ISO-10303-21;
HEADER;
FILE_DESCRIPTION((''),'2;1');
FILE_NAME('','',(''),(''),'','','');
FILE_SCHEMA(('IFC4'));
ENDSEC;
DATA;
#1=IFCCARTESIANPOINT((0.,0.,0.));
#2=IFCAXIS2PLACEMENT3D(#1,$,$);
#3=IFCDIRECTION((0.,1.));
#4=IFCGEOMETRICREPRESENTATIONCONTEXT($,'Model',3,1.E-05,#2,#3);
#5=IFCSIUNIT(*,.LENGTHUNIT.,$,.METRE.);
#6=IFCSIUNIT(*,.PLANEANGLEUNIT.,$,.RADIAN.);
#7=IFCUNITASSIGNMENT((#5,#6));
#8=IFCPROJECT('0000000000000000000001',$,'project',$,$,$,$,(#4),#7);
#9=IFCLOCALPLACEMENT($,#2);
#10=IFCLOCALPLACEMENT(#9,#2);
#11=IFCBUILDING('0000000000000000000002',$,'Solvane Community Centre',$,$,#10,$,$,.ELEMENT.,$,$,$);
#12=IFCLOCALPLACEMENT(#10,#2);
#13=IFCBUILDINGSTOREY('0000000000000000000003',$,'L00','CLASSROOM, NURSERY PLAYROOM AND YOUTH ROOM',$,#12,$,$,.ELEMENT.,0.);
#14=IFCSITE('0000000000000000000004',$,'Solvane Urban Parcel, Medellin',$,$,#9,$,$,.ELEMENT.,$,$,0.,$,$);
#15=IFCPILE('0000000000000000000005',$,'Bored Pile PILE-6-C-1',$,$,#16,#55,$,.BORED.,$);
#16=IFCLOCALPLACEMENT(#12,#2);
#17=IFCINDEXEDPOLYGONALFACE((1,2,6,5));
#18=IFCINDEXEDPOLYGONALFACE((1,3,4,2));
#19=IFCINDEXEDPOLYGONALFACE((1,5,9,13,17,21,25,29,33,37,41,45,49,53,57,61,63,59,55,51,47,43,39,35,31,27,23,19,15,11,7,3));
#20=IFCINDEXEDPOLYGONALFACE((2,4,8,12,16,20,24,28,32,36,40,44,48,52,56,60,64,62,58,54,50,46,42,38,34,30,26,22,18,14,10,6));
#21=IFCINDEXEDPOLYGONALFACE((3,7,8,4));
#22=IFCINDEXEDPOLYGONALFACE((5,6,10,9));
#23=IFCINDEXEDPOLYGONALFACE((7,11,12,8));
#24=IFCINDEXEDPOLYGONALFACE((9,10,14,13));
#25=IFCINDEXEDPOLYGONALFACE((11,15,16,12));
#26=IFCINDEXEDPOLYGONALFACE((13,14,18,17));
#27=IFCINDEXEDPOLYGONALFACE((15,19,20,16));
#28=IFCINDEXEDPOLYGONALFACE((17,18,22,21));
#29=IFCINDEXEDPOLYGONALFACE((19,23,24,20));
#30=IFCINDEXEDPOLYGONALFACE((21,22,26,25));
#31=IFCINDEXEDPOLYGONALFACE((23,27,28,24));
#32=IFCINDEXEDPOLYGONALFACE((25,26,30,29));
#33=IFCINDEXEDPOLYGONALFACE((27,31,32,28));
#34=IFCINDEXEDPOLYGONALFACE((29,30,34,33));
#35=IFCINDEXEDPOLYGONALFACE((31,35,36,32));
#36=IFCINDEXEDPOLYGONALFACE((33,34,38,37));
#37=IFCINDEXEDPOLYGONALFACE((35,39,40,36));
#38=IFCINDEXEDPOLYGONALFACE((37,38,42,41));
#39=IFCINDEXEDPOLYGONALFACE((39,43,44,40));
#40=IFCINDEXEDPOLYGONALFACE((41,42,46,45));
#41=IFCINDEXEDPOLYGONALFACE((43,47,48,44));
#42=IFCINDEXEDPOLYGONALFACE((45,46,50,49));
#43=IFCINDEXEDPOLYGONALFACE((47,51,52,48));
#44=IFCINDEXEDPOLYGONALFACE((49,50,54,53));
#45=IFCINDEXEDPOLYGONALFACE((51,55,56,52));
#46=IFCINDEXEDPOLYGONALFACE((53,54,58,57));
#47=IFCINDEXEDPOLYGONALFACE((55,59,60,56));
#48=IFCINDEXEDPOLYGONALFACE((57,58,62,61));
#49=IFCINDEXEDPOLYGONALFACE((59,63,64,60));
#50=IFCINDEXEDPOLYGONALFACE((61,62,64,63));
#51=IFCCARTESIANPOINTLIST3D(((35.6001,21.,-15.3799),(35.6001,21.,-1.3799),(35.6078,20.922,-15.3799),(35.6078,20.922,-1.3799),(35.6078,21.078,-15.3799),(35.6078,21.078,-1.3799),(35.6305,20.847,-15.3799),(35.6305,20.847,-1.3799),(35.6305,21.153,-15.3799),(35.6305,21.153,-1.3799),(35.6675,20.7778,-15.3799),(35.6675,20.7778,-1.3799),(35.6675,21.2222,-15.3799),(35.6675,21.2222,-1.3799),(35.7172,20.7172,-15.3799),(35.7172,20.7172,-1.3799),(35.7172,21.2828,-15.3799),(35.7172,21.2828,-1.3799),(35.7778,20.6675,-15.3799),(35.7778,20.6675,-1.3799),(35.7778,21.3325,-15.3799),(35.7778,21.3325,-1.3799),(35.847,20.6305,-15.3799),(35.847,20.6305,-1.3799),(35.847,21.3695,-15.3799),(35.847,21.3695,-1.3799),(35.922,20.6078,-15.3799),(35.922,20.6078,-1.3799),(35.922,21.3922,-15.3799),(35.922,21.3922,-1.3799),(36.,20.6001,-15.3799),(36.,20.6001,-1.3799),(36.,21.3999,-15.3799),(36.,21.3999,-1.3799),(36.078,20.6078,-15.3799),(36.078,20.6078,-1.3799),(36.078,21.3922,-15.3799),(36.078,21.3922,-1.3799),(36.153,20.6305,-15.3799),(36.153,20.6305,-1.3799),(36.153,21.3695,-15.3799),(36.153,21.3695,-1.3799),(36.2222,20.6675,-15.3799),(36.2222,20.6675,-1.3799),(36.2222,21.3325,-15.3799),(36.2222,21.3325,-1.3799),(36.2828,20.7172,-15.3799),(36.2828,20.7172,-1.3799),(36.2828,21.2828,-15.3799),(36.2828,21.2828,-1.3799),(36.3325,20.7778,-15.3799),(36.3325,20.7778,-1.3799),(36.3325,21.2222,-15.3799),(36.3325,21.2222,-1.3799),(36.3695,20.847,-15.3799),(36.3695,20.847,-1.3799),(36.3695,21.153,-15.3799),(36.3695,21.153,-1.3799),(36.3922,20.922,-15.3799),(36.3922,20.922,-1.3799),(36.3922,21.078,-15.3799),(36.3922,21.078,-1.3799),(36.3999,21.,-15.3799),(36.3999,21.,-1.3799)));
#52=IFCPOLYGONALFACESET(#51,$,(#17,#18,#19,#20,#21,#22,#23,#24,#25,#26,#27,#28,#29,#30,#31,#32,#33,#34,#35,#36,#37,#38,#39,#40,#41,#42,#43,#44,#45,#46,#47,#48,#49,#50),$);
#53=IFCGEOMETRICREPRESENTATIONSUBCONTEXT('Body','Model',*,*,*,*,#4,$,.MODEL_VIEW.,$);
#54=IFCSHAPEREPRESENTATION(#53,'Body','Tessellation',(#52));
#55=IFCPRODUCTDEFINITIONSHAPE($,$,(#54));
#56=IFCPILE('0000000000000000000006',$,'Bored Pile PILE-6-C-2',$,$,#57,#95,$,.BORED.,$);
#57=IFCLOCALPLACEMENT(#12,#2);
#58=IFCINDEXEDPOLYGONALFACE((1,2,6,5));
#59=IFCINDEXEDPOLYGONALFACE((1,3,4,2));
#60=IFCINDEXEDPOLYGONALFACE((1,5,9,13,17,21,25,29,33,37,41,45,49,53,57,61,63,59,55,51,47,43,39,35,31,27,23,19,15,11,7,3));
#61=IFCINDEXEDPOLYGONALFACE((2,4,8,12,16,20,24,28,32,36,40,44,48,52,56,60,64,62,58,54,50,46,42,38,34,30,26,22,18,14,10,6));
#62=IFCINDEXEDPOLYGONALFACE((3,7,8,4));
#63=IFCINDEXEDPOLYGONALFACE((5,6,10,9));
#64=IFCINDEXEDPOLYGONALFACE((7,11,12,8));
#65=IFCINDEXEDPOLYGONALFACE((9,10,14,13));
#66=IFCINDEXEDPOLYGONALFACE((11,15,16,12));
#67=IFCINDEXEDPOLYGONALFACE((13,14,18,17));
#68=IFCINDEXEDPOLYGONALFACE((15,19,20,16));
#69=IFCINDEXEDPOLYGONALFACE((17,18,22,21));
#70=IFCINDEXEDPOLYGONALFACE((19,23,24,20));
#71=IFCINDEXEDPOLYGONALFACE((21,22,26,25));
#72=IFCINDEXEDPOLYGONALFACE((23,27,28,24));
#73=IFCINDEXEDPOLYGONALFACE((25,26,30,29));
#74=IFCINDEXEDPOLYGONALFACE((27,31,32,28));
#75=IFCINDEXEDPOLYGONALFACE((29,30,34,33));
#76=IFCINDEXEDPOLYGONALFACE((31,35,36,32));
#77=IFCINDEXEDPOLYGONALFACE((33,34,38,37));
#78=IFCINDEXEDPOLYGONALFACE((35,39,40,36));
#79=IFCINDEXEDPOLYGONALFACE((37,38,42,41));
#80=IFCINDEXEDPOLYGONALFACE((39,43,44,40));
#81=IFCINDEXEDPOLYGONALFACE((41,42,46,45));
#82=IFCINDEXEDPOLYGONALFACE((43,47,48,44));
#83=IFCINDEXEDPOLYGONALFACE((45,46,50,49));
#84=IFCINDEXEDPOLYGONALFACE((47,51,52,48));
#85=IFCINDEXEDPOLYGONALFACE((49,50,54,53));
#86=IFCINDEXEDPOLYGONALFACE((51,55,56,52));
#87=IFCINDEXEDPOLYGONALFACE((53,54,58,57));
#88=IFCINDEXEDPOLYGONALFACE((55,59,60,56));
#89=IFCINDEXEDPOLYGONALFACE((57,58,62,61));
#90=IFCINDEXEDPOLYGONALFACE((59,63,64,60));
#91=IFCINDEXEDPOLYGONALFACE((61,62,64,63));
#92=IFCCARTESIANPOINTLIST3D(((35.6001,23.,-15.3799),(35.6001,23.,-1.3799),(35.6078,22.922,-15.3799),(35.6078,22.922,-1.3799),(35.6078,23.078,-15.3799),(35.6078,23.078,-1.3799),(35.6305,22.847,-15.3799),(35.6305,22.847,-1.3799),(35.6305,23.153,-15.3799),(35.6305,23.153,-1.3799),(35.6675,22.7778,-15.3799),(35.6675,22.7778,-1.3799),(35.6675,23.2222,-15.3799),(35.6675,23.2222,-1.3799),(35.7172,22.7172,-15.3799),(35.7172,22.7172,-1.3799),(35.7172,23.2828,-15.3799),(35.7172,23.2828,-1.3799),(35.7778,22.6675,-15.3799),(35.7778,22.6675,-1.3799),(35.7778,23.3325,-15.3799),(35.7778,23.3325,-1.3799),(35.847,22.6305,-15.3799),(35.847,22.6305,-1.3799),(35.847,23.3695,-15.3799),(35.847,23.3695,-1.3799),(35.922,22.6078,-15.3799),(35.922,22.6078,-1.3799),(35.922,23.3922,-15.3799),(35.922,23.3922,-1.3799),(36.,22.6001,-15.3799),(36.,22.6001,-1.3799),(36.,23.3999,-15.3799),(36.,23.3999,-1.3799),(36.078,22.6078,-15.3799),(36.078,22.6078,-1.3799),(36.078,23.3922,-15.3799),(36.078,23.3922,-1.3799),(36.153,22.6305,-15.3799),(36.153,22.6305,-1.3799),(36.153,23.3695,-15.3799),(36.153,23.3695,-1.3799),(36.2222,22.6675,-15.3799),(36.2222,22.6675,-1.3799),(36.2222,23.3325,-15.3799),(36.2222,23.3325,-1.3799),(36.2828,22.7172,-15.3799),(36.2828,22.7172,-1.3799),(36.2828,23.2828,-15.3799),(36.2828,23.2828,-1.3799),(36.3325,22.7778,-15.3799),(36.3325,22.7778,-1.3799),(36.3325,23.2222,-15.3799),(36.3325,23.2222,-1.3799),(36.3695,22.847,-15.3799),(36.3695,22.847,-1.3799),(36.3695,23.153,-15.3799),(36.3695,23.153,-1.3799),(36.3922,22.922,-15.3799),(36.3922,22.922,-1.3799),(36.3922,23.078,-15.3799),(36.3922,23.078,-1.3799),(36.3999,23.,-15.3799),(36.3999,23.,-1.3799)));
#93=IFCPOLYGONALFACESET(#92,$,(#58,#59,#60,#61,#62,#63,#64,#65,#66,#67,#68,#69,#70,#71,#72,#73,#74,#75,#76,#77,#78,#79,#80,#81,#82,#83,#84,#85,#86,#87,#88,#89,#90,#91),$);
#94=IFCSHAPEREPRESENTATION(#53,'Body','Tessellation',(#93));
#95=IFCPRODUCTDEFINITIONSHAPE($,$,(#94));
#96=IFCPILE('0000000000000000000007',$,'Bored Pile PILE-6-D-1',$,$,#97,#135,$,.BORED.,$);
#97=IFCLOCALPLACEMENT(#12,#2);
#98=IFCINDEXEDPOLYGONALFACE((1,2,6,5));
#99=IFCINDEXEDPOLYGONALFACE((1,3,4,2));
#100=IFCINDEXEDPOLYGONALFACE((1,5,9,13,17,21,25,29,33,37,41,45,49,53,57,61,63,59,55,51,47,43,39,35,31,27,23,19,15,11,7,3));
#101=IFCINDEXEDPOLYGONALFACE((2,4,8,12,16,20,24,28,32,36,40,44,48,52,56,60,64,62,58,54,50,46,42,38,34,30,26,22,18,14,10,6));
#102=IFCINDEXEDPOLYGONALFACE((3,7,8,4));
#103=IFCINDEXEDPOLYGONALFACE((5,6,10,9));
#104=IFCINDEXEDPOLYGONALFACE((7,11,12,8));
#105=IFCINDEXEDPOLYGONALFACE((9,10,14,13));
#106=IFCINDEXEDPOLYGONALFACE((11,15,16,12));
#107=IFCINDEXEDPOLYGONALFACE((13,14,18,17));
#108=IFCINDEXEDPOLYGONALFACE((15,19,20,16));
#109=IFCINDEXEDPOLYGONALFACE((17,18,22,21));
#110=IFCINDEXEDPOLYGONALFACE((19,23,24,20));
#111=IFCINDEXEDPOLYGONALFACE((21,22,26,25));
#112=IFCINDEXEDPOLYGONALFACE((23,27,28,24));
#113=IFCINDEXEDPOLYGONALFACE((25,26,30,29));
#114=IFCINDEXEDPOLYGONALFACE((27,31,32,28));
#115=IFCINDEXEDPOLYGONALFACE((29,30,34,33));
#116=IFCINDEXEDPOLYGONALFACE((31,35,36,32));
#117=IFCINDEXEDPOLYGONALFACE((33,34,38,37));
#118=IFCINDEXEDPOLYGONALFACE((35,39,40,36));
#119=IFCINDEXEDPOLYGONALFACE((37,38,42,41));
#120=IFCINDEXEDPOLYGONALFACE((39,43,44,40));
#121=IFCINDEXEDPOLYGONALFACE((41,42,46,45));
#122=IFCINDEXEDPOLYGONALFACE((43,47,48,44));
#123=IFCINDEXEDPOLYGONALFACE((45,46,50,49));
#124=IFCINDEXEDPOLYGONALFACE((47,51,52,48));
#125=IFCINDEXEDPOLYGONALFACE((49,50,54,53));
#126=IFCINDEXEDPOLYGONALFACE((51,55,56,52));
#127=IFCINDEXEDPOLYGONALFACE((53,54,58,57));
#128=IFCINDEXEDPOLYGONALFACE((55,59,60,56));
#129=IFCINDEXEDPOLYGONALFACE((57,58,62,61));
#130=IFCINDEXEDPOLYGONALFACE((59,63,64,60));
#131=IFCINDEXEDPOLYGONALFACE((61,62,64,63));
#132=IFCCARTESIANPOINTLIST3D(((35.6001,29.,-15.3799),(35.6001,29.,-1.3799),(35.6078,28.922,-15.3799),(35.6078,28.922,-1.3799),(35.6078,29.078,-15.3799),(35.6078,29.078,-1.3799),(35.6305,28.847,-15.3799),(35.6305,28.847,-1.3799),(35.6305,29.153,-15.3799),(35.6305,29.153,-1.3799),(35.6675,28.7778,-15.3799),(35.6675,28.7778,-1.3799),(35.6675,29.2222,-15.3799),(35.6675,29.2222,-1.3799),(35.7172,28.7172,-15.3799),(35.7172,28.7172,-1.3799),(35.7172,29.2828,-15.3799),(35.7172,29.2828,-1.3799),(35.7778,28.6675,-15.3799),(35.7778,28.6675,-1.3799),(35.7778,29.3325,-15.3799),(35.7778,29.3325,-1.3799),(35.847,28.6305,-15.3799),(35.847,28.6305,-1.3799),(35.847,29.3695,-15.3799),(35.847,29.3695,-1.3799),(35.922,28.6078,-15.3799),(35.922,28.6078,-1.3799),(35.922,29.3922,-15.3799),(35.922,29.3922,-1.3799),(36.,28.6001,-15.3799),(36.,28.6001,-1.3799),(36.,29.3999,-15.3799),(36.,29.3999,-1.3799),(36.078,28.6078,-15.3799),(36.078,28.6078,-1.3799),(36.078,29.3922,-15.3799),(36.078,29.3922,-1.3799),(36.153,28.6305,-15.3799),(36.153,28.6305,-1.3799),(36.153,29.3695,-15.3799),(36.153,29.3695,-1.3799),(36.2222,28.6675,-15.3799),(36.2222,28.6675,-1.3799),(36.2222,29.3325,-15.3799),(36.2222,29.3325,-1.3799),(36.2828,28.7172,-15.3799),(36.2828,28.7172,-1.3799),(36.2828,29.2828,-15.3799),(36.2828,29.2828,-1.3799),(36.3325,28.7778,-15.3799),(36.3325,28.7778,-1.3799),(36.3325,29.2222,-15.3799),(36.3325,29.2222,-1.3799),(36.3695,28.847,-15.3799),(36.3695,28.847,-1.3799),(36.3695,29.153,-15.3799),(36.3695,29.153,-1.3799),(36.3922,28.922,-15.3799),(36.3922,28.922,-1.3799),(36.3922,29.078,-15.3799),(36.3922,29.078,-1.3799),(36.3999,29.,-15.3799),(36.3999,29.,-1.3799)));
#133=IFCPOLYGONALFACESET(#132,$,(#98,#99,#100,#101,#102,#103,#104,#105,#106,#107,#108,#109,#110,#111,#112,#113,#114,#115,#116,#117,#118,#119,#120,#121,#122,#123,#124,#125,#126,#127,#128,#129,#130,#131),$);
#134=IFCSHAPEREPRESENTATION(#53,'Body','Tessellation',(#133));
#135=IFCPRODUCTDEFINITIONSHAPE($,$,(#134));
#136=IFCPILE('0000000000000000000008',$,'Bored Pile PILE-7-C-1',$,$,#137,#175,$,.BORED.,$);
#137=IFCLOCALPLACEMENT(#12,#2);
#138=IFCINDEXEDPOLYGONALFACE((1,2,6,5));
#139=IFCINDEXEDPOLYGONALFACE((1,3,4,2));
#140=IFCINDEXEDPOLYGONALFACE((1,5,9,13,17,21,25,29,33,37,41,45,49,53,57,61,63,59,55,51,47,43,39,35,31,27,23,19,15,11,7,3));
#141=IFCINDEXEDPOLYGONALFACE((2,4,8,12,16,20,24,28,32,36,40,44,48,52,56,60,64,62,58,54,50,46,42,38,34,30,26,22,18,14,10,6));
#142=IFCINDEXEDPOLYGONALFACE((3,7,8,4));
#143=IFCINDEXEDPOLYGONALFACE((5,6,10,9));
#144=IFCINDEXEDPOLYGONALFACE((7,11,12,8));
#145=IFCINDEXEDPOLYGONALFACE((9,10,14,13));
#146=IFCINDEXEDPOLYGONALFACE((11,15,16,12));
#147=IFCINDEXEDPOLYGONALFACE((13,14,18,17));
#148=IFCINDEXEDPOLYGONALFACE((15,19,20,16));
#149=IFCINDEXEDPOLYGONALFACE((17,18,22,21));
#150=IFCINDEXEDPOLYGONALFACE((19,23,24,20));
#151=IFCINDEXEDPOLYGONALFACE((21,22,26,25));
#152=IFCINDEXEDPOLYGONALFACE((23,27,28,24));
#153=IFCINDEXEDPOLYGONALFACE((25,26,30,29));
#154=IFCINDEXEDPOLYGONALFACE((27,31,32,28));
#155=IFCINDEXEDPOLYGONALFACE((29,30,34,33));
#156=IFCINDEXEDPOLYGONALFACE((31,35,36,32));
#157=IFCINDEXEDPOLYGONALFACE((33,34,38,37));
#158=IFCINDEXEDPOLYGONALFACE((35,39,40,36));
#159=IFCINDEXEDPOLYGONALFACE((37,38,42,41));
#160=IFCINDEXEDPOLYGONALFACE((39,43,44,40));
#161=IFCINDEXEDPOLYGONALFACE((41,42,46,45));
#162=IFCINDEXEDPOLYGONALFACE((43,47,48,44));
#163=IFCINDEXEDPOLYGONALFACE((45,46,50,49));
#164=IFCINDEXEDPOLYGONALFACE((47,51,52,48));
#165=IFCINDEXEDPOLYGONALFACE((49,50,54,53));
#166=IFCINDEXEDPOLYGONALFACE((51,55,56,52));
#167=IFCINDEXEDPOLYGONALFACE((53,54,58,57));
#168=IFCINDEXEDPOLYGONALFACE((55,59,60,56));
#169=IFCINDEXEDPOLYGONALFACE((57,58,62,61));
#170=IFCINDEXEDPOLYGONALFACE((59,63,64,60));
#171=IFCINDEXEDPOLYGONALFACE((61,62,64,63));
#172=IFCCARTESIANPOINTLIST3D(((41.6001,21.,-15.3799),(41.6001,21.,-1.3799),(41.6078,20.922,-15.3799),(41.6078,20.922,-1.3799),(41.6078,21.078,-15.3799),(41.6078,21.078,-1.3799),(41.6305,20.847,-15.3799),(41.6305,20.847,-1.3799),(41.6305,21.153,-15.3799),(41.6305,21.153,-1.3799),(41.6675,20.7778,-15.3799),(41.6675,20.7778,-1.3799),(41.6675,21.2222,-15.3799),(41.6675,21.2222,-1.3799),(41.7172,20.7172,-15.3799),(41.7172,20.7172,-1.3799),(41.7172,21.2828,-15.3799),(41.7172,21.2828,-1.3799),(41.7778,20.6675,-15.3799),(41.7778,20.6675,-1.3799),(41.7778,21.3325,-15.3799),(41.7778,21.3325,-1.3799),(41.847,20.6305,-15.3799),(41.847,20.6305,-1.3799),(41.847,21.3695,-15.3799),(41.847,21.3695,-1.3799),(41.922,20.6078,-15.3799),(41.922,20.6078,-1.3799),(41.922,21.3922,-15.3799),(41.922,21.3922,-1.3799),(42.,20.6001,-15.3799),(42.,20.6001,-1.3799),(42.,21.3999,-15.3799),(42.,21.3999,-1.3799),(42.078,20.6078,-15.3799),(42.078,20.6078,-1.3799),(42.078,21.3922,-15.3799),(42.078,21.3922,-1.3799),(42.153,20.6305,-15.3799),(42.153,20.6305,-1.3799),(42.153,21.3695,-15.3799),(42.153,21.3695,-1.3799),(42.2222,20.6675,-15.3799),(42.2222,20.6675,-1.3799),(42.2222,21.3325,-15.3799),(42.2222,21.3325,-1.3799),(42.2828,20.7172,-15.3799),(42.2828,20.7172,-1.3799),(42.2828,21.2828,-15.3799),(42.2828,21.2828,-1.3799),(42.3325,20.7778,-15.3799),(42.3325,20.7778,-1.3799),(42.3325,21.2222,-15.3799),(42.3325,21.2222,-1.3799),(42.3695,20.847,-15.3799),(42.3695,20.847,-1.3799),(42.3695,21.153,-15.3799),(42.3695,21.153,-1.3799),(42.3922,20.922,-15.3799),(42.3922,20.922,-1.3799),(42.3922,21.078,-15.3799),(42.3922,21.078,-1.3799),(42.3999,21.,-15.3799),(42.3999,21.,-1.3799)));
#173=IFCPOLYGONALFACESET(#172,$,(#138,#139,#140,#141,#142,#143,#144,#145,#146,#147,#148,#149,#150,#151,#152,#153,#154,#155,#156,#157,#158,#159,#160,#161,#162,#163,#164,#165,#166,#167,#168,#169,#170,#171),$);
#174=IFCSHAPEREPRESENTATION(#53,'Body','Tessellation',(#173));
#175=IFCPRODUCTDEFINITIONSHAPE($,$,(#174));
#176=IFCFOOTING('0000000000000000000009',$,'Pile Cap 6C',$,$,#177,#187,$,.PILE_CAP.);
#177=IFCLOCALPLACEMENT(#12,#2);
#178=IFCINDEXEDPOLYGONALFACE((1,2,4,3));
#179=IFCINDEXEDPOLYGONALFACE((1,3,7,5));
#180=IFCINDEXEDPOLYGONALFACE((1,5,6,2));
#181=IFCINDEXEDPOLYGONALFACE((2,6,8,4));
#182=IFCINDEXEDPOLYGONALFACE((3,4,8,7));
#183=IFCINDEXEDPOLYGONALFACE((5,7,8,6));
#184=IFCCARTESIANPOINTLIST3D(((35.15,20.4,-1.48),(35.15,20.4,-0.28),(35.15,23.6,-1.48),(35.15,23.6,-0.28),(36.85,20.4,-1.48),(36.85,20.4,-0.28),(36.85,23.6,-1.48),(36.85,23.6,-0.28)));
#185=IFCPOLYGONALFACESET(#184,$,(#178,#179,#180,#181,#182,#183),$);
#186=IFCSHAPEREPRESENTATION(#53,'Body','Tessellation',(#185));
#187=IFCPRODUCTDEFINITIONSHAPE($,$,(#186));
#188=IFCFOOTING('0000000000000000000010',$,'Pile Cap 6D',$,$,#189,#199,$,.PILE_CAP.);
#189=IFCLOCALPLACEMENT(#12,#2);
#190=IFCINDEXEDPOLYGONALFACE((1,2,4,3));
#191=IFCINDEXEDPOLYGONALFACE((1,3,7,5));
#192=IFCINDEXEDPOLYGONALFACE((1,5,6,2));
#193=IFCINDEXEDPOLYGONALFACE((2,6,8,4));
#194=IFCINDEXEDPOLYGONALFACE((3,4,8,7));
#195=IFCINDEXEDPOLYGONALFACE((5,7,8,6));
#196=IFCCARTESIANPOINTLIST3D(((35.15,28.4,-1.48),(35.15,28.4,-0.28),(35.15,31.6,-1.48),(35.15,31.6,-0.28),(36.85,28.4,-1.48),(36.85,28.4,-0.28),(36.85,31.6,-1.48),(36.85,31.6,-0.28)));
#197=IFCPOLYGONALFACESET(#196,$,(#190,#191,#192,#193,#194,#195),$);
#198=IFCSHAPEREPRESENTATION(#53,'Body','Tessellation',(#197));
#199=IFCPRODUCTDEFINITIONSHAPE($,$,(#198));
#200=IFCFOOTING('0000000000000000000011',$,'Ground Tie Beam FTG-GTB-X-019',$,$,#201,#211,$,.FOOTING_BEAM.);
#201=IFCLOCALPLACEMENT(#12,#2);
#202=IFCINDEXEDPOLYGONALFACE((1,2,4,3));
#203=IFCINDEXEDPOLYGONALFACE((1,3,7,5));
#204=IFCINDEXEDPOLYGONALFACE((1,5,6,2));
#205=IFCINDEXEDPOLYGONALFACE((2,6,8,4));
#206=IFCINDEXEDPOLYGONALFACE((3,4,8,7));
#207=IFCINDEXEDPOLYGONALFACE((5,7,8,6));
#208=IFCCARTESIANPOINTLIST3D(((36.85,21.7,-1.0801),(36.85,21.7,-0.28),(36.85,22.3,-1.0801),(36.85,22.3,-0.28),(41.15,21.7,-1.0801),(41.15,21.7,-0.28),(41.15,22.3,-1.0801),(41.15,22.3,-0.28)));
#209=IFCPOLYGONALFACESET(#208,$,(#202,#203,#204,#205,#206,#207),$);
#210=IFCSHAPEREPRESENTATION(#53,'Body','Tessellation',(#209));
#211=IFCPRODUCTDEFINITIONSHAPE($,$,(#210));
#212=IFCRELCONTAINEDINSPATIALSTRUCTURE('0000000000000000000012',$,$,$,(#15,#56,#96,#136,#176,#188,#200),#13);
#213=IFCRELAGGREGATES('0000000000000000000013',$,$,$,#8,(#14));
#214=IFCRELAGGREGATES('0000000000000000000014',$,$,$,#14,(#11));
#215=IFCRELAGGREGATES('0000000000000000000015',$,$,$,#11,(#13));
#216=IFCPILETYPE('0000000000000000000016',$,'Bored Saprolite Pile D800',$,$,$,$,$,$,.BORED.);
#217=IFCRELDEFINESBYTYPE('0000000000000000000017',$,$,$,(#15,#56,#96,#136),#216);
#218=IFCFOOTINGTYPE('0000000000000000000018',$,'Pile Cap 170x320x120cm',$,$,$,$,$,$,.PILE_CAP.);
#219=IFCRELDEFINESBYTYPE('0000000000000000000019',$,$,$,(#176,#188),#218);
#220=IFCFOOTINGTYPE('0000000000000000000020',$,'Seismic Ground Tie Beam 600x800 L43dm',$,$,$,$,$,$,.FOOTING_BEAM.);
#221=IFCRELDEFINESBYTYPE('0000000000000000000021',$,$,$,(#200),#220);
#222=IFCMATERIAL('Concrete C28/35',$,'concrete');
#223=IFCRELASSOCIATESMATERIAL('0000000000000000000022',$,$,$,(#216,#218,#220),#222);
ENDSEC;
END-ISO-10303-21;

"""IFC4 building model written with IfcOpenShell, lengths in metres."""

from ifc_helpers import new_model, si_unit, direction, frame, origin, origin_2d, place, context, subcontext, project, spatial, rectangle, circle, extrude, material, material_profile, profile_set, type_object, element, save


model = new_model("IFC4")

# Units and contexts
model_context = context("Model", 3, precision=1e-05, world=origin(), true_north=direction((0.0, 1.0)))
body_context = subcontext(model_context, "Body", "Model", "MODEL_VIEW")
ifc_project = project(units=[si_unit("LENGTHUNIT", "METRE"), si_unit("PLANEANGLEUNIT", "RADIAN")], contexts=[model_context])

# Site, building, storey
site_placement = place(None, origin())
site = spatial("IfcSite", under=ifc_project, at=site_placement, Name="Solvane Urban Parcel, Medellin", CompositionType="ELEMENT", RefElevation=0.0)
building_placement = place(site_placement, origin())
building = spatial("IfcBuilding", under=site, at=building_placement, Name="Solvane Community Centre", CompositionType="ELEMENT")
storey_placement = place(building_placement, origin())
storey = spatial("IfcBuildingStorey", under=building, at=storey_placement, Name="L00", Description="CLASSROOM, NURSERY PLAYROOM AND YOUTH ROOM", CompositionType="ELEMENT", Elevation=0.0)

# Piles
ifc_material_1 = material(Name="Concrete C28/35", Category="concrete")
ifc_material_profile_1 = material_profile(ifc_material_1, circle(Radius=0.3999, at=origin_2d()), Name="PILE D800")
ifc_profile_set_1 = profile_set([ifc_material_profile_1], Name="Concrete C28/35")
pile_type = type_object("IfcPileType", Name="Bored Saprolite Pile D800", PredefinedType="BORED", material=ifc_profile_set_1)
for number, where, z_axis, x_axis, name in (
    (1, (36.0, 21.0, -1.3799), (0.0, 0.0, -1.0), (1.0, 0.0, 0.0), "Bored Pile PILE-6-C-1"),
    (2, (36.0, 23.0, -1.3799), (0.0, 0.0, -1.0), (1.0, 0.0, 0.0), "Bored Pile PILE-6-C-2"),
    (3, (36.0, 29.0, -1.3799), (0.0, 0.0, -1.0), (1.0, 0.0, 0.0), "Bored Pile PILE-6-D-1"),
    (4, (42.0, 21.0, -1.3799), (0.0, 0.0, -1.0), (1.0, 0.0, 0.0), "Bored Pile PILE-7-C-1"),
):
    element("IfcPile", number, at=place(storey_placement, frame(where, z_axis=z_axis, x_axis=x_axis)), inside=storey, type_object=pile_type, Name=name, PredefinedType="BORED", context=body_context, shape_type="SweptSolid", body=[
        extrude(circle(Radius=0.3999, at=origin_2d()), origin(), (0.0, 0.0, 1.0), 14.0),
    ])

# Footings
footing_type_1 = type_object("IfcFootingType", Name="Pile Cap 170x320x120cm", PredefinedType="PILE_CAP", material=ifc_material_1)
for number, where, z_axis, x_axis, name in (
    (5, (36.0, 22.0, -1.48), (0.0, 0.0, 1.0), (1.0, 0.0, 0.0), "Pile Cap 6C"),
    (6, (36.0, 30.0, -1.48), (0.0, 0.0, 1.0), (1.0, 0.0, 0.0), "Pile Cap 6D"),
):
    element("IfcFooting", number, at=place(storey_placement, frame(where, z_axis=z_axis, x_axis=x_axis)), inside=storey, type_object=footing_type_1, Name=name, PredefinedType="PILE_CAP", context=body_context, shape_type="SweptSolid", body=[
        extrude(rectangle(XDim=1.7, YDim=3.2, at=origin_2d()), origin(), (0.0, 0.0, 1.0), 1.2),
    ])
footing_type_2 = type_object("IfcFootingType", Name="Seismic Ground Tie Beam 600x800 L43dm", PredefinedType="FOOTING_BEAM", material=ifc_material_1)
for number, where, z_axis, x_axis, name in (
    (7, (39.0, 22.0, -1.0801), (0.0, 0.0, 1.0), (1.0, 0.0, 0.0), "Ground Tie Beam FTG-GTB-X-019"),
):
    element("IfcFooting", number, at=place(storey_placement, frame(where, z_axis=z_axis, x_axis=x_axis)), inside=storey, type_object=footing_type_2, Name=name, PredefinedType="FOOTING_BEAM", context=body_context, shape_type="SweptSolid", body=[
        extrude(rectangle(XDim=4.3, YDim=0.6001, at=origin_2d()), origin(), (0.0, 0.0, 1.0), 0.8),
    ])

save(model, "model.ifc")
